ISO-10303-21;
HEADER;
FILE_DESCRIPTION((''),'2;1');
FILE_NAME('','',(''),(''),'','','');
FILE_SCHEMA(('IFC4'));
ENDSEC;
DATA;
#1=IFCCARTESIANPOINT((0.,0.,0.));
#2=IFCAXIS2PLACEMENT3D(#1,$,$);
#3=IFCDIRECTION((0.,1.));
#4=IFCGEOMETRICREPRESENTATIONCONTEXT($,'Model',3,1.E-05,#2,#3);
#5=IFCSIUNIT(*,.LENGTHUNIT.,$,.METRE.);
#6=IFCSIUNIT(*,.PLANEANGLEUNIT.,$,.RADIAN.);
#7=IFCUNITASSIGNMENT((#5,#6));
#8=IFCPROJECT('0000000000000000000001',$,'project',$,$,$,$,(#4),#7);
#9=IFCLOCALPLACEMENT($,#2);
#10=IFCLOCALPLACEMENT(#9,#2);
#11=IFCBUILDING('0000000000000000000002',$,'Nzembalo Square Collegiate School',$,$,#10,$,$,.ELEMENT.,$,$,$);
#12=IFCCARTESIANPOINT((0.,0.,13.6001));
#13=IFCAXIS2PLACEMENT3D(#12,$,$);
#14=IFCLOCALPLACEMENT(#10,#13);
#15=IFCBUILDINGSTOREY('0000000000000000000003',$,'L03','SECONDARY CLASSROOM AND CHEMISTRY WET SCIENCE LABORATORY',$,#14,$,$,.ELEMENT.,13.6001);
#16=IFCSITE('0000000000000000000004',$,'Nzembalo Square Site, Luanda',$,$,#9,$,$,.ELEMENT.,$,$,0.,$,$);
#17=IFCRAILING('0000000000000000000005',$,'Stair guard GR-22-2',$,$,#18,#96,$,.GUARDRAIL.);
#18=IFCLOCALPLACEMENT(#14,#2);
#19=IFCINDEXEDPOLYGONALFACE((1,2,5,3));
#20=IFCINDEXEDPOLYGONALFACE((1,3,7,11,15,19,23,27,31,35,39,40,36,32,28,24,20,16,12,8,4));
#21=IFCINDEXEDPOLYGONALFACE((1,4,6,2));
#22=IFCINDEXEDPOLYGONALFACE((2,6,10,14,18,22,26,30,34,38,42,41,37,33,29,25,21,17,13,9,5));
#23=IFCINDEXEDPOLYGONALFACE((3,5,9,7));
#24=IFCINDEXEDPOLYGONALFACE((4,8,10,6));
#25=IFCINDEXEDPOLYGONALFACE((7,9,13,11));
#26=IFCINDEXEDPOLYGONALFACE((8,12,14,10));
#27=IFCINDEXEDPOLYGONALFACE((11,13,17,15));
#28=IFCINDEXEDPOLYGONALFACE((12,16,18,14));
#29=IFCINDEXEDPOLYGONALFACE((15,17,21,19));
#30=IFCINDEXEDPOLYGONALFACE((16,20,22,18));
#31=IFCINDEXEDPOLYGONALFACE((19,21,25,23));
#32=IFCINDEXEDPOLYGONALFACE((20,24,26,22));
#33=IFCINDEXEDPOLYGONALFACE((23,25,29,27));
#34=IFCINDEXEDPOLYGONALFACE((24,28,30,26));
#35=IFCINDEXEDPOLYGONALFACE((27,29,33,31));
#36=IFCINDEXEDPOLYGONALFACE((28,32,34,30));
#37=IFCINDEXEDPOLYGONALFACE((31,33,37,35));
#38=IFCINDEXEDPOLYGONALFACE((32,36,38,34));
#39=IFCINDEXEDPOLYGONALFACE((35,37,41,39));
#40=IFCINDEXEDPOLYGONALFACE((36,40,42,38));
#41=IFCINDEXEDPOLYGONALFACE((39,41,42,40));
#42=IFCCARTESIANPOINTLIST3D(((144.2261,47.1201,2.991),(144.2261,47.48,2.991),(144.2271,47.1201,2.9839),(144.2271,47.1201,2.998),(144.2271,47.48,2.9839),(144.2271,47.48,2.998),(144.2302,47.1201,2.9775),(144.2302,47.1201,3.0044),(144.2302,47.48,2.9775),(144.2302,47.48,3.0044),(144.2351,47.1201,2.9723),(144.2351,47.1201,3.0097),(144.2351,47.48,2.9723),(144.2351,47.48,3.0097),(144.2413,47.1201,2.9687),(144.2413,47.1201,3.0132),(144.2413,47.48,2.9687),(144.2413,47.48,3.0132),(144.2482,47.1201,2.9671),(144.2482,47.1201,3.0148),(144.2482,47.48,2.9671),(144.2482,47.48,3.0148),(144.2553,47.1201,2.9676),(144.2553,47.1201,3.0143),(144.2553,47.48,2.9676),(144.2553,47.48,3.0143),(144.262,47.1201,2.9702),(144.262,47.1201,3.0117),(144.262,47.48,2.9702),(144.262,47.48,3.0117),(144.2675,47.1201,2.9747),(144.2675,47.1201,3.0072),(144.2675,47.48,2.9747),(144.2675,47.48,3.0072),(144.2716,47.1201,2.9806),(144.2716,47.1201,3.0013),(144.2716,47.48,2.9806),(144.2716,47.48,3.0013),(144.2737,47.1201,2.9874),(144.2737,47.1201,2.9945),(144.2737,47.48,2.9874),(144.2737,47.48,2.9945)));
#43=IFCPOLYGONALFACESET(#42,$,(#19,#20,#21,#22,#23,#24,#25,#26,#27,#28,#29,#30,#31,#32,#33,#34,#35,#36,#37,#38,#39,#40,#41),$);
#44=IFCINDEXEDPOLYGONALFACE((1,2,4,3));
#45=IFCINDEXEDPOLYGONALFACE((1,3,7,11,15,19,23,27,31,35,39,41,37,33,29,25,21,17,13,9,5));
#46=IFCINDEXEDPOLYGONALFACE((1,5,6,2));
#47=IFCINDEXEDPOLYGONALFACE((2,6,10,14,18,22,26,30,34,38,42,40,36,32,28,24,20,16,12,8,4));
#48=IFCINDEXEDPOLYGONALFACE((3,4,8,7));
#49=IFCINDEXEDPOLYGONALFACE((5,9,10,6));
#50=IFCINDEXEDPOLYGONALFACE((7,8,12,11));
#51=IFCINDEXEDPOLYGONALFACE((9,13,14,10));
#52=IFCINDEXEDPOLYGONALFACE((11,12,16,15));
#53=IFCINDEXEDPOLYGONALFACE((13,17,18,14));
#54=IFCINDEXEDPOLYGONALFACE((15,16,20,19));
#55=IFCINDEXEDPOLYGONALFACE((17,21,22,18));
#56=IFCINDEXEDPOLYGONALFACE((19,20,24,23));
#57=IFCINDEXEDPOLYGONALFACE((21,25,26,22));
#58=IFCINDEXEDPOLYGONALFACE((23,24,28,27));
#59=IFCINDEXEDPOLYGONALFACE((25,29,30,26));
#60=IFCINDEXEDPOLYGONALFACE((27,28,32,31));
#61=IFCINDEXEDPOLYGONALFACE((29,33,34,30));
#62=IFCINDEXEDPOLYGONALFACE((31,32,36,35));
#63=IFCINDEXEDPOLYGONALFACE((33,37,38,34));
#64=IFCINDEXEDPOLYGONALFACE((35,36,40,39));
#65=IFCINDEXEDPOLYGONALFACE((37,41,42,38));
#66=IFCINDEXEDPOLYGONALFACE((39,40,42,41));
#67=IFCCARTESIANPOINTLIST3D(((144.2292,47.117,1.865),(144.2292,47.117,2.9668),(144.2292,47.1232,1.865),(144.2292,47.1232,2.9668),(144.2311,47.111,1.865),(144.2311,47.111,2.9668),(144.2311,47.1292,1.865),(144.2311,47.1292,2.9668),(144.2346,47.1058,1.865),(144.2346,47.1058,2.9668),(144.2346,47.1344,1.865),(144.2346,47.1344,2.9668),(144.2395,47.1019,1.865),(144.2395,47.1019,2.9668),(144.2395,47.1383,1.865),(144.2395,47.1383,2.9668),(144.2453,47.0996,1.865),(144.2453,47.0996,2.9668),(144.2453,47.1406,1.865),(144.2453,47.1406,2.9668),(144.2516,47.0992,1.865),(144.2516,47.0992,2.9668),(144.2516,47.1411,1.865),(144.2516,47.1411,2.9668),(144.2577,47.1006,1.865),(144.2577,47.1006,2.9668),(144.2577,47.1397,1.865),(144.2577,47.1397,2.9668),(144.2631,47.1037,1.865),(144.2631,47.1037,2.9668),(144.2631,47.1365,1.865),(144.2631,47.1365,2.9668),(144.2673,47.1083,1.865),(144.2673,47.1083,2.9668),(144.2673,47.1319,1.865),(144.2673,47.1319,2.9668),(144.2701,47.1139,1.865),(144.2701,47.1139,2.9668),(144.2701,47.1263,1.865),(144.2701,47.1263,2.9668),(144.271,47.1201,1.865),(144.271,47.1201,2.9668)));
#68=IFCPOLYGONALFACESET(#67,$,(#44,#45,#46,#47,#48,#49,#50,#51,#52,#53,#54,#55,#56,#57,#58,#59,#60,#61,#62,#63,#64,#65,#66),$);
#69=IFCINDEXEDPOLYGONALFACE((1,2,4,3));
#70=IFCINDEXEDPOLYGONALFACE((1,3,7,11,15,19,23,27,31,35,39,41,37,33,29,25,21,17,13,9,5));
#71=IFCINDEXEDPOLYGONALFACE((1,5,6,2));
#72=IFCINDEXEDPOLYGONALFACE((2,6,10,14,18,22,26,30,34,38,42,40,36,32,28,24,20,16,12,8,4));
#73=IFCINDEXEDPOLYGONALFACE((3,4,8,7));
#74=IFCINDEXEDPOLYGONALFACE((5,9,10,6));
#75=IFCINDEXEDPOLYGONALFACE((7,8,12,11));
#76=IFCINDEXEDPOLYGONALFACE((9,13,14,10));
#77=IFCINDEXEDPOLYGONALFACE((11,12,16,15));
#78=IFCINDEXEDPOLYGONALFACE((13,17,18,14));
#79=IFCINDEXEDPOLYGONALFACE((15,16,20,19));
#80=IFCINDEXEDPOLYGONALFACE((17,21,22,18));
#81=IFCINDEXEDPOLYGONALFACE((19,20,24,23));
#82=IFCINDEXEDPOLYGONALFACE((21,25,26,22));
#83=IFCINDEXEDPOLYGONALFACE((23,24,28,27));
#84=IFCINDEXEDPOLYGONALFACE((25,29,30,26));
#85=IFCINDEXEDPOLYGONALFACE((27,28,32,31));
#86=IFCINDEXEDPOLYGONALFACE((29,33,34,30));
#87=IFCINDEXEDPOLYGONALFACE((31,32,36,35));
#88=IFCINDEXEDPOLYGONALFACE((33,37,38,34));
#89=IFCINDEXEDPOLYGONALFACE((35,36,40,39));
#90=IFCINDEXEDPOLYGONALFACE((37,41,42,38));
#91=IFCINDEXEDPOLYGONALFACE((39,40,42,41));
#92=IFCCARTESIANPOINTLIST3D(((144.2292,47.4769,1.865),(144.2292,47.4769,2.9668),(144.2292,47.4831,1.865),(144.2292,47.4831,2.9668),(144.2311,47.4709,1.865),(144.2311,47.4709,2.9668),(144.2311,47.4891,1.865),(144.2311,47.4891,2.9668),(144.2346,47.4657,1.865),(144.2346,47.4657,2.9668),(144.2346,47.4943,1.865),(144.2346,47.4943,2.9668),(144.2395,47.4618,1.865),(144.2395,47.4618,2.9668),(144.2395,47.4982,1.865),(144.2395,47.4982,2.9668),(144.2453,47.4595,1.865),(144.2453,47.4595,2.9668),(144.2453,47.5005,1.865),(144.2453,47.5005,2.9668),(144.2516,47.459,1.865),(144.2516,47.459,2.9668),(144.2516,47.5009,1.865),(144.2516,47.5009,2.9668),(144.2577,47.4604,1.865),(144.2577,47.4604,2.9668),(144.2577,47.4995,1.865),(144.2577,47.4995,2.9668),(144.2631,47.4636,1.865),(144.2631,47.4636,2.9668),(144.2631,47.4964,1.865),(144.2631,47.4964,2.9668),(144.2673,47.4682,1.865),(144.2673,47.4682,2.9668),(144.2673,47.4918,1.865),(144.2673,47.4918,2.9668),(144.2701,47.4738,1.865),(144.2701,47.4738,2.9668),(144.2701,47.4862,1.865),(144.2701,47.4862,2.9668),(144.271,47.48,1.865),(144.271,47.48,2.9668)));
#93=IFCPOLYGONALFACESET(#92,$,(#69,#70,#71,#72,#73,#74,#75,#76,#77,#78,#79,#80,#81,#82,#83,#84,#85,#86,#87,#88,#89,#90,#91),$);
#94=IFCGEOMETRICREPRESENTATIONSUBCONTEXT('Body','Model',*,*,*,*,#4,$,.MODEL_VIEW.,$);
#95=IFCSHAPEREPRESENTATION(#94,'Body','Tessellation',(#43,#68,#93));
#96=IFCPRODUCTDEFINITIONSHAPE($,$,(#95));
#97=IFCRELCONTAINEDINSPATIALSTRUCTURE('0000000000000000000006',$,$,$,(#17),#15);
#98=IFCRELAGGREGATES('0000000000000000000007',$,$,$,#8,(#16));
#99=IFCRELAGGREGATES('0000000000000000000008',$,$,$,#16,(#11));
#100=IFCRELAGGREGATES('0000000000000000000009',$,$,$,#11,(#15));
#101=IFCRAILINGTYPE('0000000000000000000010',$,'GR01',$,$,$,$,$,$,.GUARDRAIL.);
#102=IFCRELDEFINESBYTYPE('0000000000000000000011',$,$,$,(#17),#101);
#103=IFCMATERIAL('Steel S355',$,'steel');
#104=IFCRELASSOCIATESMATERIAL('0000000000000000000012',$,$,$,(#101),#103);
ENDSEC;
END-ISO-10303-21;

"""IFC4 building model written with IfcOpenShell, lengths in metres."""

from ifc_helpers import new_model, si_unit, direction, frame, origin, origin_2d, place, context, subcontext, project, spatial, circle, extrude, material, type_object, element, save


model = new_model("IFC4")

# Units and contexts
model_context = context("Model", 3, precision=1e-05, world=origin(), true_north=direction((0.0, 1.0)))
body_context = subcontext(model_context, "Body", "Model", "MODEL_VIEW")
ifc_project = project(units=[si_unit("LENGTHUNIT", "METRE"), si_unit("PLANEANGLEUNIT", "RADIAN")], contexts=[model_context])

# Site, building, storey
site_placement = place(None, origin())
site = spatial("IfcSite", under=ifc_project, at=site_placement, Name="Nzembalo Square Site, Luanda", CompositionType="ELEMENT", RefElevation=0.0)
building_placement = place(site_placement, origin())
building = spatial("IfcBuilding", under=site, at=building_placement, Name="Nzembalo Square Collegiate School", CompositionType="ELEMENT")
storey_placement = place(building_placement, frame((0.0, 0.0, 13.6001)))
storey = spatial("IfcBuildingStorey", under=building, at=storey_placement, Name="L03", Description="SECONDARY CLASSROOM AND CHEMISTRY WET SCIENCE LABORATORY", CompositionType="ELEMENT", Elevation=13.6001)

# Railing
ifc_material_1 = material(Name="Steel S355", Category="steel")
railing_type_1 = type_object("IfcRailingType", Name="GR01", PredefinedType="GUARDRAIL", material=ifc_material_1)
railing_1_placement = place(storey_placement, frame((144.25, 47.1201, 1.865)))
element("IfcRailing", 1, at=railing_1_placement, inside=storey, type_object=railing_type_1, Name="Stair guard GR-22-2", PredefinedType="GUARDRAIL", context=body_context, shape_type="SweptSolid", body=[
    extrude(circle(Radius=0.0239, at=origin_2d()), frame((0.0, 0.0, 1.126), z_axis=(0.0, 1.0, 0.0), x_axis=(-1.0, 0.0, 0.0)), (0.0, 0.0, 1.0), 0.3599),
    extrude(circle(Radius=0.021, at=origin_2d()), origin(), (0.0, 0.0, 1.0), 1.1018),
    extrude(circle(Radius=0.021, at=origin_2d()), frame((0.0, 0.3599, 0.0)), (0.0, 0.0, 1.0), 1.1018),
])

save(model, "model.ifc")
